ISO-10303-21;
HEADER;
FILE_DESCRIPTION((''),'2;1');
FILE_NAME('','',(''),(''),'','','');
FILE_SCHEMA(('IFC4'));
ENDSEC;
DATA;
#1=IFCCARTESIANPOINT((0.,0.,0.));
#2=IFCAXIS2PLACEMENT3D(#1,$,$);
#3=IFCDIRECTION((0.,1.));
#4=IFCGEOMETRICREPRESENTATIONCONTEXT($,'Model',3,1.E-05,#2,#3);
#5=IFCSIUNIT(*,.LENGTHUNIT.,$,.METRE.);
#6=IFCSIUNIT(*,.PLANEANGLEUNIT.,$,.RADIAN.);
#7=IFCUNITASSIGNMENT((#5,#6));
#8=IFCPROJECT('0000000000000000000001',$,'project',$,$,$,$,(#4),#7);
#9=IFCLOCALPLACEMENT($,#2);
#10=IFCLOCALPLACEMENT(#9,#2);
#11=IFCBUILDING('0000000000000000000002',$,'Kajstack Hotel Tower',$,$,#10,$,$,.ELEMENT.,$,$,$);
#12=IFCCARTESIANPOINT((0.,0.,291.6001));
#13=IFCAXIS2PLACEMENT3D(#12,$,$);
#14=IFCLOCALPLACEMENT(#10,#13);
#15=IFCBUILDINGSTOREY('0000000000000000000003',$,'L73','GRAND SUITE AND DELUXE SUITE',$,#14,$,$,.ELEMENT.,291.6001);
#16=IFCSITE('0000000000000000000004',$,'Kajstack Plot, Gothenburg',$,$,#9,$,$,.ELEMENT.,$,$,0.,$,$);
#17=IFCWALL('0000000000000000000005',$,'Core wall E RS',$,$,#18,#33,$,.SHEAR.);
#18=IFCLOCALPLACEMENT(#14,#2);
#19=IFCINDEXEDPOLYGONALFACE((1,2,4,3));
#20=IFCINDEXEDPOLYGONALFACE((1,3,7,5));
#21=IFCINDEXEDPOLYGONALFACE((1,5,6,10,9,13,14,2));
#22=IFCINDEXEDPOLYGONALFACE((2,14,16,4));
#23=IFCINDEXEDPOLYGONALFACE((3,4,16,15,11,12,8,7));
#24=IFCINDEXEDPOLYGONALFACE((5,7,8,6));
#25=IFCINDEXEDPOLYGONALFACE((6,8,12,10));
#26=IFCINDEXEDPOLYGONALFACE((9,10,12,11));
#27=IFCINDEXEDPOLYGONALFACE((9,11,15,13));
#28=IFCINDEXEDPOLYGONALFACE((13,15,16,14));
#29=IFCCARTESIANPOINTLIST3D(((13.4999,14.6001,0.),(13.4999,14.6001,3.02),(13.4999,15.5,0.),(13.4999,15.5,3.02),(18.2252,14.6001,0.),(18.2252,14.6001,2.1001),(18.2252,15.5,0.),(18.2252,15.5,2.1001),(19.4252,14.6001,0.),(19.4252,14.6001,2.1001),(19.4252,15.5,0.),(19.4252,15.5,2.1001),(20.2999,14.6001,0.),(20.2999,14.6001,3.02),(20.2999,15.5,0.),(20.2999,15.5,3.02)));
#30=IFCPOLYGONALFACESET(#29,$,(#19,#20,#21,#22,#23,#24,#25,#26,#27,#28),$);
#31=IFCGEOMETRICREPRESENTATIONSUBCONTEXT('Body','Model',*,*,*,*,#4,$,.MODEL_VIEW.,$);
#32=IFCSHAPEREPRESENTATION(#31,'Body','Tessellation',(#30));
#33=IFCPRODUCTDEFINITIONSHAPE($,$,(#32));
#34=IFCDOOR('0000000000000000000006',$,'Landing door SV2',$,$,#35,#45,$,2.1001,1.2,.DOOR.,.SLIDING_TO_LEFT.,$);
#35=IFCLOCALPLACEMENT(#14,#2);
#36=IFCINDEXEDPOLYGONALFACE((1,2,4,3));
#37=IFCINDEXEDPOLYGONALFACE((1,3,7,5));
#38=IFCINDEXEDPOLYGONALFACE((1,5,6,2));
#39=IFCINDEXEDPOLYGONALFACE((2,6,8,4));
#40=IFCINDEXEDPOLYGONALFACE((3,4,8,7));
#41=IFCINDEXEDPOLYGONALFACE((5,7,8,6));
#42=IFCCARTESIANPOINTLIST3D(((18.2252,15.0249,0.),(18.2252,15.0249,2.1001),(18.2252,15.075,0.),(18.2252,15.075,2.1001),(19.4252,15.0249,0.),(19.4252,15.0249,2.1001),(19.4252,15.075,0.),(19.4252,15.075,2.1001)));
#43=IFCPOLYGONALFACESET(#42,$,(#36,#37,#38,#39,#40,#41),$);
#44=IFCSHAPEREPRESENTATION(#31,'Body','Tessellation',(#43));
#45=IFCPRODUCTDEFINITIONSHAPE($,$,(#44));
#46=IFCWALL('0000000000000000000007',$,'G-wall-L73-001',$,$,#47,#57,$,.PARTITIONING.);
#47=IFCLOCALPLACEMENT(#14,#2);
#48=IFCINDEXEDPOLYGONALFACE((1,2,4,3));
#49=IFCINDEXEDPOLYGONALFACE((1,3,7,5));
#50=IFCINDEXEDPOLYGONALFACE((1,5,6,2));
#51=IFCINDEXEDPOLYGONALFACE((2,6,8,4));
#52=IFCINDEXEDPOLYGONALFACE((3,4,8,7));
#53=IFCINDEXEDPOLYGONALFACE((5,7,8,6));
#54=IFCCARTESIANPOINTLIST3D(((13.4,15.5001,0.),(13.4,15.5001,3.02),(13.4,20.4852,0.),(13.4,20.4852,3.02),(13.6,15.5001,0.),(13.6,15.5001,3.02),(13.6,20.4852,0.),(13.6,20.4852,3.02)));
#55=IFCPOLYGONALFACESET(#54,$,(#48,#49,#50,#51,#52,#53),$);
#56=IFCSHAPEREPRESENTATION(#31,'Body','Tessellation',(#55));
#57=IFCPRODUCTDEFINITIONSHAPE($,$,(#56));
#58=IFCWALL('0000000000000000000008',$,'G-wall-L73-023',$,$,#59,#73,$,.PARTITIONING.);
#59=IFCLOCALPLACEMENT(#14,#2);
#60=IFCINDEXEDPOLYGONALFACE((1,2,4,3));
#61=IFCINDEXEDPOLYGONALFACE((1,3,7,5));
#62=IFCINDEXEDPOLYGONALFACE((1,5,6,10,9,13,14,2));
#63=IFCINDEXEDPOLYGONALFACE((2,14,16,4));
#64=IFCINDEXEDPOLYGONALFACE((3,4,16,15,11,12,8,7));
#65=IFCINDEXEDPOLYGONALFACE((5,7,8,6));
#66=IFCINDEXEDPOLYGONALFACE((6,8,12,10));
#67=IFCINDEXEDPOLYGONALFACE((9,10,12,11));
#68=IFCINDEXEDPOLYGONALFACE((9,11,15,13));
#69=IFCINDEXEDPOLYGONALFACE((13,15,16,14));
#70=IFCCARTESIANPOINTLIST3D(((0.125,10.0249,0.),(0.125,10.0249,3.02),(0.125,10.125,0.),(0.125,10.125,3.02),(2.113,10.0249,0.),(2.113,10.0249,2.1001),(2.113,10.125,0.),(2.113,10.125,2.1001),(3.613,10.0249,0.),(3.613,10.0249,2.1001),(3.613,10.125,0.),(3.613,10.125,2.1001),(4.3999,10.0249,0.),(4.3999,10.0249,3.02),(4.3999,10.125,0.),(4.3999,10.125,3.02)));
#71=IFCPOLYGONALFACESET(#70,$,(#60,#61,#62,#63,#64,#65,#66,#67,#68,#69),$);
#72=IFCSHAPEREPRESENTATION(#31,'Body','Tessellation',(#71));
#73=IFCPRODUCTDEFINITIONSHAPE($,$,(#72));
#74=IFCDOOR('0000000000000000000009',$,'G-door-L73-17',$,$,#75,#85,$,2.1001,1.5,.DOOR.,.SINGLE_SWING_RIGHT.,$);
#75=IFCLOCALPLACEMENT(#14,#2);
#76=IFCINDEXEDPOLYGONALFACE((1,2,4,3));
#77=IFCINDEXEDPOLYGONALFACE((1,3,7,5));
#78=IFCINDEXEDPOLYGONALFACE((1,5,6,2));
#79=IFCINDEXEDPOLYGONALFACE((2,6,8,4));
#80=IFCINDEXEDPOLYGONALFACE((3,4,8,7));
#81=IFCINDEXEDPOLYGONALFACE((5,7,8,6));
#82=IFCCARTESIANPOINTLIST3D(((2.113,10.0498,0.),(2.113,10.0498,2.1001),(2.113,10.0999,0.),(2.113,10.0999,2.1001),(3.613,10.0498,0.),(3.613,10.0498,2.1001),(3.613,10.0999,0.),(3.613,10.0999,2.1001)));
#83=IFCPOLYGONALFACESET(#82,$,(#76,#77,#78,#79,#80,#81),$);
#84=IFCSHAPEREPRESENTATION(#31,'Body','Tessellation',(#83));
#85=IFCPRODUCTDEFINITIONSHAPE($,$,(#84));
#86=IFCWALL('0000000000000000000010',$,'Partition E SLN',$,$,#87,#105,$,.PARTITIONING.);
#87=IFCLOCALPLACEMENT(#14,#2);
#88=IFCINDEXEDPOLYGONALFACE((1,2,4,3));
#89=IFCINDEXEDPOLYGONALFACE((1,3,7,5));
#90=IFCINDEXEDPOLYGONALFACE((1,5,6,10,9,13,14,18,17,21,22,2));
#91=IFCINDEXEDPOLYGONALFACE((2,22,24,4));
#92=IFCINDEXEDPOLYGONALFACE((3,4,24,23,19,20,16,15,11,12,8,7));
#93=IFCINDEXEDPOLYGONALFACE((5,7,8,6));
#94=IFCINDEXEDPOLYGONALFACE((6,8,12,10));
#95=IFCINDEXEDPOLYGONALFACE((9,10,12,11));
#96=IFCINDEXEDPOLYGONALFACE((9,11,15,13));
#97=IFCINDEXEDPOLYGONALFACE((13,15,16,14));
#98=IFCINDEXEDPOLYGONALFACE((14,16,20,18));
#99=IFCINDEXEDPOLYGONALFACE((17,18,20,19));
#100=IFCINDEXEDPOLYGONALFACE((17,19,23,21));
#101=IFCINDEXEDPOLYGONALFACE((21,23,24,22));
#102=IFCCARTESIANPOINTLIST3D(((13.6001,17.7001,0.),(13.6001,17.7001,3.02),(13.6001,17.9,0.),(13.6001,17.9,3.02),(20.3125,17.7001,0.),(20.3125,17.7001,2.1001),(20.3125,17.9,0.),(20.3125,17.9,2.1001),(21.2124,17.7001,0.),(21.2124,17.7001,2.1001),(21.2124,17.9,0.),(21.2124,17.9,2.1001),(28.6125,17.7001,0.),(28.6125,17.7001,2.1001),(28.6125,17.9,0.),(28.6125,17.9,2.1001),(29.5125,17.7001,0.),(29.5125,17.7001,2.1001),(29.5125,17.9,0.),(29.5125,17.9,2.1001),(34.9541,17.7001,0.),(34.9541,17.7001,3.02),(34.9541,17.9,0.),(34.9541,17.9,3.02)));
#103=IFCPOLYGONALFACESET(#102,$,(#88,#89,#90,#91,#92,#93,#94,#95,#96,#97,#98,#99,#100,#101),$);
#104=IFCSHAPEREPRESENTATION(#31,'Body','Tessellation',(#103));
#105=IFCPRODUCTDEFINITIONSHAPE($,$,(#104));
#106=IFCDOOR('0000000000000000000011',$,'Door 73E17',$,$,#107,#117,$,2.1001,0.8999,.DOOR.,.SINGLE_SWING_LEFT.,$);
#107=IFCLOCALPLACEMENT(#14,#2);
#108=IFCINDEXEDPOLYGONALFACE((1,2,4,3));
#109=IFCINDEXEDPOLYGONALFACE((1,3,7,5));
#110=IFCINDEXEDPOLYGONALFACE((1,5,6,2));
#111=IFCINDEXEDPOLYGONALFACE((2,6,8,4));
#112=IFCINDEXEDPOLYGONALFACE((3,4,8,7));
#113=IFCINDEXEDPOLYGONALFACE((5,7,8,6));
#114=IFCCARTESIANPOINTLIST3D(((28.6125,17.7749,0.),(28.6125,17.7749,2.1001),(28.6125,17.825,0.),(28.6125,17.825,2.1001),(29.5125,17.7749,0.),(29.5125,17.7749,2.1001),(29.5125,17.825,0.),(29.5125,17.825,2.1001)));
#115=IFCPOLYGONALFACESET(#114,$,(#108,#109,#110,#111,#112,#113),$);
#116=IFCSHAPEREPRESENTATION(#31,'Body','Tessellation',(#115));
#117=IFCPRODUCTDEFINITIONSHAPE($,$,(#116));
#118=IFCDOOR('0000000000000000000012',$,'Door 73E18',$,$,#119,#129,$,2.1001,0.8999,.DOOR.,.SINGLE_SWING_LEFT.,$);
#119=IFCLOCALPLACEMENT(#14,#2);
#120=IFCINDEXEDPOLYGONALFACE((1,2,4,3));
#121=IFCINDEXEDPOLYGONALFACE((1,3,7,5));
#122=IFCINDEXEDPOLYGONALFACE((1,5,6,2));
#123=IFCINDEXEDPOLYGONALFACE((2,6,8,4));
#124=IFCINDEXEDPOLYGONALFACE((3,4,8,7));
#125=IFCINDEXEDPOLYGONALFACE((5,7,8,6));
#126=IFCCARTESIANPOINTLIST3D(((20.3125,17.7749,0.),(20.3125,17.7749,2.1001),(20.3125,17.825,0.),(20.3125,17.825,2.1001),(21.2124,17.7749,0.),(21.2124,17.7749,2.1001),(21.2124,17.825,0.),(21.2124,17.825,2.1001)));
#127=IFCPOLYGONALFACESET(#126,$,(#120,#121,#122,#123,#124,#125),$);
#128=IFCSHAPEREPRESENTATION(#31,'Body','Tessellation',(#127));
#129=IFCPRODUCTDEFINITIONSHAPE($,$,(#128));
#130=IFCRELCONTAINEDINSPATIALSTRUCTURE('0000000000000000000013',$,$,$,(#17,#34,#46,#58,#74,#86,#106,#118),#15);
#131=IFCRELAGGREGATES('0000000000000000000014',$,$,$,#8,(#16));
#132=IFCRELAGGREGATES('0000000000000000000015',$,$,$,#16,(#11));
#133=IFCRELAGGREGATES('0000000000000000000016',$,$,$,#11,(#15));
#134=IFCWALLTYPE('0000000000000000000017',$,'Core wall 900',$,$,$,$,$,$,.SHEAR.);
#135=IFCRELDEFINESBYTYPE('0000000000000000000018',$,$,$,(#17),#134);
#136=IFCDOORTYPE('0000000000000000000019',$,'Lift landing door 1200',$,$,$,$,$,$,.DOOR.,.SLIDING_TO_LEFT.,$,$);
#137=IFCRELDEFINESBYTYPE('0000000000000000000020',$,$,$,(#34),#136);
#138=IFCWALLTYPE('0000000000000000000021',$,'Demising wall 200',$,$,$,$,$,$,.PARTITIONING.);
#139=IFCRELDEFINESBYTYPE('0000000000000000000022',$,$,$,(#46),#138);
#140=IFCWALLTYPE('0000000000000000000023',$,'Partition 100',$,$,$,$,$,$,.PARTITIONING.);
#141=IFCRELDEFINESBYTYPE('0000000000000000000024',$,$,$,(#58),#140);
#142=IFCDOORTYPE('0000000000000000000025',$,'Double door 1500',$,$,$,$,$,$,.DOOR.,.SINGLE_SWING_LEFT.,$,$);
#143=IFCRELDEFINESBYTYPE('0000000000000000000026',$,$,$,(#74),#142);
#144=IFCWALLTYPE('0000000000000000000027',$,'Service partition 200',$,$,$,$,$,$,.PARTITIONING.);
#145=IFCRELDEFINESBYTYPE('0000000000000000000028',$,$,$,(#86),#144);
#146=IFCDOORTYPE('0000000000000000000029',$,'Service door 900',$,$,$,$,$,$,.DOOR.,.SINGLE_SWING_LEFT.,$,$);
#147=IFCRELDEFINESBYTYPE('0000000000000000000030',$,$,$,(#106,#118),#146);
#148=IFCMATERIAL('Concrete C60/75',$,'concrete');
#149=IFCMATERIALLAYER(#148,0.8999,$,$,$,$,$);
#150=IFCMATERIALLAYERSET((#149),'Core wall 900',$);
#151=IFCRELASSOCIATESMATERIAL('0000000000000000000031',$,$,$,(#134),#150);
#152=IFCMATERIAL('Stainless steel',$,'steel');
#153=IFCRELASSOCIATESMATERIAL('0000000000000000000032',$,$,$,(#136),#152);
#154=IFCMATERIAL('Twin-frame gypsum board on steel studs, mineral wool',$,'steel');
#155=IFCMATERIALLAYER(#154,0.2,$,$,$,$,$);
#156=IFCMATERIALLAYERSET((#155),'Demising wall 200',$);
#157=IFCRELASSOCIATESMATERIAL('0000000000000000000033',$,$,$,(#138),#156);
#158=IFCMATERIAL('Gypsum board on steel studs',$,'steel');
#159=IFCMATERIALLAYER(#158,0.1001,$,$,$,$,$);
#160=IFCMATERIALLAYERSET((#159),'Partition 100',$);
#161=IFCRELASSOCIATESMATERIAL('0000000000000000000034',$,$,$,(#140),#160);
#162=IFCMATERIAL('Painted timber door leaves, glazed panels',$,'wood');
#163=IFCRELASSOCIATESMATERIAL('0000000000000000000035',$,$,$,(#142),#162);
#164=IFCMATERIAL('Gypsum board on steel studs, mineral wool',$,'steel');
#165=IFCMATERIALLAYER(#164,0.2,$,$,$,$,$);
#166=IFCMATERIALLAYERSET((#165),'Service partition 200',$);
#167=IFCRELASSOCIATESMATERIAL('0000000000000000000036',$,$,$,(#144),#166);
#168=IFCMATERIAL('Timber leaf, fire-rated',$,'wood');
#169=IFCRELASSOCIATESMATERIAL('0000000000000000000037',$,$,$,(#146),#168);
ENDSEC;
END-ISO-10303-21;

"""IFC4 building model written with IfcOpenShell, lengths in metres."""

from ifc_helpers import new_model, si_unit, direction, frame, frame_2d, origin, place, context, subcontext, project, spatial, rectangle, extrude, material, layer, layer_set, type_object, element, fill, save


model = new_model("IFC4")

# Units and contexts
model_context = context("Model", 3, precision=1e-05, world=origin(), true_north=direction((0.0, 1.0)))
body_context = subcontext(model_context, "Body", "Model", "MODEL_VIEW")
ifc_project = project(units=[si_unit("LENGTHUNIT", "METRE"), si_unit("PLANEANGLEUNIT", "RADIAN")], contexts=[model_context])

# Site, building, storey
site_placement = place(None, origin())
site = spatial("IfcSite", under=ifc_project, at=site_placement, Name="Kajstack Plot, Gothenburg", CompositionType="ELEMENT", RefElevation=0.0)
building_placement = place(site_placement, origin())
building = spatial("IfcBuilding", under=site, at=building_placement, Name="Kajstack Hotel Tower", CompositionType="ELEMENT")
storey_placement = place(building_placement, frame((0.0, 0.0, 291.6001)))
storey = spatial("IfcBuildingStorey", under=building, at=storey_placement, Name="L73", Description="GRAND SUITE AND DELUXE SUITE", CompositionType="ELEMENT", Elevation=291.6001)

# Wall, opening, door
ifc_material_1 = material(Name="Concrete C60/75", Category="concrete")
ifc_layer_1 = layer(ifc_material_1, 0.8999)
ifc_layer_set_1 = layer_set([ifc_layer_1], Name="Core wall 900")
wall_type_1 = type_object("IfcWallType", Name="Core wall 900", PredefinedType="SHEAR", material=ifc_layer_set_1)
wall_1_placement = place(storey_placement, frame((13.5, 15.05, 0.0), z_axis=(0.0, 0.0, 1.0), x_axis=(1.0, 0.0, 0.0)))
wall_1 = element("IfcWall", 1, at=wall_1_placement, inside=storey, type_object=wall_type_1, Name="Core wall E RS", PredefinedType="SHEAR", context=body_context, shape_type="SweptSolid", body=[
    extrude(rectangle(XDim=6.8, YDim=0.8999, at=frame_2d((3.3999, 0.0))), origin(), (0.0, 0.0, 1.0), 3.02),
])
opening_1_placement = place(wall_1_placement, frame((4.7251, 0.0, 0.0)))
opening_1 = element("IfcOpeningElement", 2, at=opening_1_placement, cuts=wall_1, PredefinedType="OPENING", context=body_context, shape_type="SweptSolid", body=[
    extrude(rectangle(XDim=1.2, YDim=2.1001, at=frame_2d((0.6001, 1.05))), frame((0.0, 0.46, 0.0), z_axis=(0.0, -1.0, 0.0), x_axis=(1.0, 0.0, 0.0)), (0.0, 0.0, 1.0), 0.9199),
])
ifc_material_2 = material(Name="Stainless steel", Category="steel")
door_type_1 = type_object("IfcDoorType", Name="Lift landing door 1200", OperationType="SLIDING_TO_LEFT", PredefinedType="DOOR", material=ifc_material_2)
door_1_placement = place(opening_1_placement, origin())
door_1 = element("IfcDoor", 3, at=door_1_placement, inside=storey, type_object=door_type_1, Name="Landing door SV2", OperationType="SLIDING_TO_LEFT", OverallHeight=2.1001, OverallWidth=1.2, PredefinedType="DOOR", context=body_context, shape_type="SweptSolid", body=[
    extrude(rectangle(XDim=1.2, YDim=2.1001, at=frame_2d((0.6001, 1.05))), frame((0.0, 0.0249, 0.0), z_axis=(0.0, -1.0, 0.0), x_axis=(1.0, 0.0, 0.0)), (0.0, 0.0, 1.0), 0.05),
])
fill(opening_1, door_1)

# Wall
ifc_material_3 = material(Name="Twin-frame gypsum board on steel studs, mineral wool", Category="steel")
ifc_layer_2 = layer(ifc_material_3, 0.2)
ifc_layer_set_2 = layer_set([ifc_layer_2], Name="Demising wall 200")
wall_type_2 = type_object("IfcWallType", Name="Demising wall 200", PredefinedType="PARTITIONING", material=ifc_layer_set_2)
wall_2_placement = place(storey_placement, frame((13.5, 15.5, 0.0), z_axis=(0.0, 0.0, 1.0), x_axis=(0.0, 1.0, 0.0)))
element("IfcWall", 4, at=wall_2_placement, inside=storey, type_object=wall_type_2, Name="G-wall-L73-001", PredefinedType="PARTITIONING", context=body_context, shape_type="SweptSolid", body=[
    extrude(rectangle(XDim=4.9851, YDim=0.2, at=frame_2d((2.4927, 0.0))), origin(), (0.0, 0.0, 1.0), 3.02),
])

# Wall, opening, door
ifc_material_4 = material(Name="Gypsum board on steel studs", Category="steel")
ifc_layer_3 = layer(ifc_material_4, 0.1001)
ifc_layer_set_3 = layer_set([ifc_layer_3], Name="Partition 100")
wall_type_3 = type_object("IfcWallType", Name="Partition 100", PredefinedType="PARTITIONING", material=ifc_layer_set_3)
wall_3_placement = place(storey_placement, frame((0.125, 10.075, 0.0), z_axis=(0.0, 0.0, 1.0), x_axis=(1.0, 0.0, 0.0)))
wall_3 = element("IfcWall", 5, at=wall_3_placement, inside=storey, type_object=wall_type_3, Name="G-wall-L73-023", PredefinedType="PARTITIONING", context=body_context, shape_type="SweptSolid", body=[
    extrude(rectangle(XDim=4.2749, YDim=0.1001, at=frame_2d((2.1375, 0.0))), origin(), (0.0, 0.0, 1.0), 3.02),
])
opening_2_placement = place(wall_3_placement, frame((1.988, 0.0, 0.0)))
opening_2 = element("IfcOpeningElement", 6, at=opening_2_placement, cuts=wall_3, PredefinedType="OPENING", context=body_context, shape_type="SweptSolid", body=[
    extrude(rectangle(XDim=1.5, YDim=2.1001, at=frame_2d((0.75, 1.05))), frame((0.0, 0.0601, 0.0), z_axis=(0.0, -1.0, 0.0), x_axis=(1.0, 0.0, 0.0)), (0.0, 0.0, 1.0), 0.1201),
])
ifc_material_5 = material(Name="Painted timber door leaves, glazed panels", Category="wood")
door_type_2 = type_object("IfcDoorType", Name="Double door 1500", OperationType="SINGLE_SWING_LEFT", PredefinedType="DOOR", material=ifc_material_5)
door_2_placement = place(opening_2_placement, origin())
door_2 = element("IfcDoor", 7, at=door_2_placement, inside=storey, type_object=door_type_2, Name="G-door-L73-17", OperationType="SINGLE_SWING_RIGHT", OverallHeight=2.1001, OverallWidth=1.5, PredefinedType="DOOR", context=body_context, shape_type="SweptSolid", body=[
    extrude(rectangle(XDim=1.5, YDim=2.1001, at=frame_2d((0.75, 1.05))), frame((0.0, 0.0249, 0.0), z_axis=(0.0, -1.0, 0.0), x_axis=(1.0, 0.0, 0.0)), (0.0, 0.0, 1.0), 0.05),
])
fill(opening_2, door_2)

# Wall, openings, doors
ifc_material_6 = material(Name="Gypsum board on steel studs, mineral wool", Category="steel")
ifc_layer_4 = layer(ifc_material_6, 0.2)
ifc_layer_set_4 = layer_set([ifc_layer_4], Name="Service partition 200")
wall_type_4 = type_object("IfcWallType", Name="Service partition 200", PredefinedType="PARTITIONING", material=ifc_layer_set_4)
wall_4_placement = place(storey_placement, frame((13.6001, 17.8, 0.0), z_axis=(0.0, 0.0, 1.0), x_axis=(1.0, 0.0, 0.0)))
wall_4 = element("IfcWall", 8, at=wall_4_placement, inside=storey, type_object=wall_type_4, Name="Partition E SLN", PredefinedType="PARTITIONING", context=body_context, shape_type="SweptSolid", body=[
    extrude(rectangle(XDim=21.354, YDim=0.2, at=frame_2d((10.677, 0.0))), origin(), (0.0, 0.0, 1.0), 3.02),
])
opening_3_placement = place(wall_4_placement, frame((15.0125, 0.0, 0.0)))
opening_3 = element("IfcOpeningElement", 9, at=opening_3_placement, cuts=wall_4, PredefinedType="OPENING", context=body_context, shape_type="SweptSolid", body=[
    extrude(rectangle(XDim=0.8999, YDim=2.1001, at=frame_2d((0.45, 1.05))), frame((0.0, 0.1099, 0.0), z_axis=(0.0, -1.0, 0.0), x_axis=(1.0, 0.0, 0.0)), (0.0, 0.0, 1.0), 0.22),
])
opening_4_placement = place(wall_4_placement, frame((6.7124, 0.0, 0.0)))
opening_4 = element("IfcOpeningElement", 10, at=opening_4_placement, cuts=wall_4, PredefinedType="OPENING", context=body_context, shape_type="SweptSolid", body=[
    extrude(rectangle(XDim=0.8999, YDim=2.1001, at=frame_2d((0.45, 1.05))), frame((0.0, 0.1099, 0.0), z_axis=(0.0, -1.0, 0.0), x_axis=(1.0, 0.0, 0.0)), (0.0, 0.0, 1.0), 0.22),
])
ifc_material_7 = material(Name="Timber leaf, fire-rated", Category="wood")
door_type_3 = type_object("IfcDoorType", Name="Service door 900", OperationType="SINGLE_SWING_LEFT", PredefinedType="DOOR", material=ifc_material_7)
door_3_placement = place(opening_3_placement, origin())
door_3 = element("IfcDoor", 11, at=door_3_placement, inside=storey, type_object=door_type_3, Name="Door 73E17", OperationType="SINGLE_SWING_LEFT", OverallHeight=2.1001, OverallWidth=0.8999, PredefinedType="DOOR", context=body_context, shape_type="SweptSolid", body=[
    extrude(rectangle(XDim=0.8999, YDim=2.1001, at=frame_2d((0.45, 1.05))), frame((0.0, 0.0249, 0.0), z_axis=(0.0, -1.0, 0.0), x_axis=(1.0, 0.0, 0.0)), (0.0, 0.0, 1.0), 0.05),
])
fill(opening_3, door_3)
door_4_placement = place(opening_4_placement, origin())
door_4 = element("IfcDoor", 12, at=door_4_placement, inside=storey, type_object=door_type_3, Name="Door 73E18", OperationType="SINGLE_SWING_LEFT", OverallHeight=2.1001, OverallWidth=0.8999, PredefinedType="DOOR", context=body_context, shape_type="SweptSolid", body=[
    extrude(rectangle(XDim=0.8999, YDim=2.1001, at=frame_2d((0.45, 1.05))), frame((0.0, 0.0249, 0.0), z_axis=(0.0, -1.0, 0.0), x_axis=(1.0, 0.0, 0.0)), (0.0, 0.0, 1.0), 0.05),
])
fill(opening_4, door_4)

save(model, "model.ifc")
